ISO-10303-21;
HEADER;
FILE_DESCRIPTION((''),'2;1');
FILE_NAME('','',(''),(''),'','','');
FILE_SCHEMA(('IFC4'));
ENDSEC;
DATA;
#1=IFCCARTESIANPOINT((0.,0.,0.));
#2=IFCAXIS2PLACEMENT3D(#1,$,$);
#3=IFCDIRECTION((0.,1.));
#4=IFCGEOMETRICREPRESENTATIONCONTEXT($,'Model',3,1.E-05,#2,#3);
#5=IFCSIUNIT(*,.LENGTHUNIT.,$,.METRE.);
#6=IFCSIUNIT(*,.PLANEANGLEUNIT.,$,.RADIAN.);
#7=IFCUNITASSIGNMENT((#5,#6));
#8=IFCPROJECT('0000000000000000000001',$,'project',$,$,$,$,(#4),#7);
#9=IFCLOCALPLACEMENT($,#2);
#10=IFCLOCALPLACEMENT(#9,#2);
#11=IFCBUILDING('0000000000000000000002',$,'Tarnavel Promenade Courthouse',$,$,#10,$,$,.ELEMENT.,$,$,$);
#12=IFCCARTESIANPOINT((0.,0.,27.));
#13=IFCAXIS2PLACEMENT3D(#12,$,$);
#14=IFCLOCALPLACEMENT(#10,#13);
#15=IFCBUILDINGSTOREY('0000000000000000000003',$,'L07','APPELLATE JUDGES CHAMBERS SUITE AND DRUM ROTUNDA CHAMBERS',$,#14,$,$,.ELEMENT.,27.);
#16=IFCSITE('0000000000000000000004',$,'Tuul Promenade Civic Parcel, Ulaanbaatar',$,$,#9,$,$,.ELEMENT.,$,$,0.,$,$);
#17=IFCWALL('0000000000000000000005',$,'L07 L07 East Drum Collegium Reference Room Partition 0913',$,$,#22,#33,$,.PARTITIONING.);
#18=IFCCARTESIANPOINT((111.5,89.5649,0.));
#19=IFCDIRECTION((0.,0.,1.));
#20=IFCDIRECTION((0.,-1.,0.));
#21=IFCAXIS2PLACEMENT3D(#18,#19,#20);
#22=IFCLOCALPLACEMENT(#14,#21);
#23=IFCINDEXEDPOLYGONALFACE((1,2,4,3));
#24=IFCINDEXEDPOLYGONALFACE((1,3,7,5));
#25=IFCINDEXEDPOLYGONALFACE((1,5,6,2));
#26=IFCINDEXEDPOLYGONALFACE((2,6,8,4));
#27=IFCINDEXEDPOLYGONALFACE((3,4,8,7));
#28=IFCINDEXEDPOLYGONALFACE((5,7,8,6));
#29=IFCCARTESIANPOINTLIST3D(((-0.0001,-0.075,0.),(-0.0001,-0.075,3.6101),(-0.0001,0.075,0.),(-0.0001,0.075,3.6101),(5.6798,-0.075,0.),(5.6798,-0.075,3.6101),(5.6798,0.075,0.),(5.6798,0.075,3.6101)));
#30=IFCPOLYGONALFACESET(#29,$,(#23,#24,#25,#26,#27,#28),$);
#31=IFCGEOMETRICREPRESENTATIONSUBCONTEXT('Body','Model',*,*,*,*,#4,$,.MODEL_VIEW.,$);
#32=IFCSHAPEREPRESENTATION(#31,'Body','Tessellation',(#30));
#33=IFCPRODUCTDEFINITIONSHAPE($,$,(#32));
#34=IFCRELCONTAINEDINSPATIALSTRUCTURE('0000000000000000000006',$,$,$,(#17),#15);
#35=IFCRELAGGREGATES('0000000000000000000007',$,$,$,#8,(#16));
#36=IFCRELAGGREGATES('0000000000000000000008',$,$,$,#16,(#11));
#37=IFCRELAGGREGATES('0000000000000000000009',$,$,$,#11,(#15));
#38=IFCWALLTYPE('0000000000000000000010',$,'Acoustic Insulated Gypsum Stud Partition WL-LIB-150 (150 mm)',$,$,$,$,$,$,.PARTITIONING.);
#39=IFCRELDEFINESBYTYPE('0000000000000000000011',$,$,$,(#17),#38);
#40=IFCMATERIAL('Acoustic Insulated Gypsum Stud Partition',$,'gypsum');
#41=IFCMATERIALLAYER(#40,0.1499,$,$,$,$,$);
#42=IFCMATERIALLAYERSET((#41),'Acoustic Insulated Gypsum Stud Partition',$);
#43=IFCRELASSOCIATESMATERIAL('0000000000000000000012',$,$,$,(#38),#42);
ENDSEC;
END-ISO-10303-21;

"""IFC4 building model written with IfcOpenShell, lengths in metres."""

from ifc_helpers import new_model, si_unit, direction, frame, frame_2d, origin, place, context, subcontext, project, spatial, rectangle, extrude, material, layer, layer_set, type_object, element, save


model = new_model("IFC4")

# Units and contexts
model_context = context("Model", 3, precision=1e-05, world=origin(), true_north=direction((0.0, 1.0)))
body_context = subcontext(model_context, "Body", "Model", "MODEL_VIEW")
ifc_project = project(units=[si_unit("LENGTHUNIT", "METRE"), si_unit("PLANEANGLEUNIT", "RADIAN")], contexts=[model_context])

# Site, building, storey
site_placement = place(None, origin())
site = spatial("IfcSite", under=ifc_project, at=site_placement, Name="Tuul Promenade Civic Parcel, Ulaanbaatar", CompositionType="ELEMENT", RefElevation=0.0)
building_placement = place(site_placement, origin())
building = spatial("IfcBuilding", under=site, at=building_placement, Name="Tarnavel Promenade Courthouse", CompositionType="ELEMENT")
storey_placement = place(building_placement, frame((0.0, 0.0, 27.0)))
storey = spatial("IfcBuildingStorey", under=building, at=storey_placement, Name="L07", Description="APPELLATE JUDGES CHAMBERS SUITE AND DRUM ROTUNDA CHAMBERS", CompositionType="ELEMENT", Elevation=27.0)

# Wall
ifc_material_1 = material(Name="Acoustic Insulated Gypsum Stud Partition", Category="gypsum")
ifc_layer_1 = layer(ifc_material_1, 0.1499)
ifc_layer_set_1 = layer_set([ifc_layer_1], Name="Acoustic Insulated Gypsum Stud Partition")
wall_type_1 = type_object("IfcWallType", Name="Acoustic Insulated Gypsum Stud Partition WL-LIB-150 (150 mm)", PredefinedType="PARTITIONING", material=ifc_layer_set_1)
wall_1_placement = place(storey_placement, frame((111.5, 89.5649, 0.0), z_axis=(0.0, 0.0, 1.0), x_axis=(0.0, -1.0, 0.0)))
element("IfcWall", 1, at=wall_1_placement, inside=storey, type_object=wall_type_1, Name="L07 L07 East Drum Collegium Reference Room Partition 0913", PredefinedType="PARTITIONING", context=body_context, shape_type="SweptSolid", body=[
    extrude(rectangle(XDim=5.6799, YDim=0.1499, at=frame_2d((2.8398, 0.0))), origin(), (0.0, 0.0, 1.0), 3.6101),
])

save(model, "model.ifc")
